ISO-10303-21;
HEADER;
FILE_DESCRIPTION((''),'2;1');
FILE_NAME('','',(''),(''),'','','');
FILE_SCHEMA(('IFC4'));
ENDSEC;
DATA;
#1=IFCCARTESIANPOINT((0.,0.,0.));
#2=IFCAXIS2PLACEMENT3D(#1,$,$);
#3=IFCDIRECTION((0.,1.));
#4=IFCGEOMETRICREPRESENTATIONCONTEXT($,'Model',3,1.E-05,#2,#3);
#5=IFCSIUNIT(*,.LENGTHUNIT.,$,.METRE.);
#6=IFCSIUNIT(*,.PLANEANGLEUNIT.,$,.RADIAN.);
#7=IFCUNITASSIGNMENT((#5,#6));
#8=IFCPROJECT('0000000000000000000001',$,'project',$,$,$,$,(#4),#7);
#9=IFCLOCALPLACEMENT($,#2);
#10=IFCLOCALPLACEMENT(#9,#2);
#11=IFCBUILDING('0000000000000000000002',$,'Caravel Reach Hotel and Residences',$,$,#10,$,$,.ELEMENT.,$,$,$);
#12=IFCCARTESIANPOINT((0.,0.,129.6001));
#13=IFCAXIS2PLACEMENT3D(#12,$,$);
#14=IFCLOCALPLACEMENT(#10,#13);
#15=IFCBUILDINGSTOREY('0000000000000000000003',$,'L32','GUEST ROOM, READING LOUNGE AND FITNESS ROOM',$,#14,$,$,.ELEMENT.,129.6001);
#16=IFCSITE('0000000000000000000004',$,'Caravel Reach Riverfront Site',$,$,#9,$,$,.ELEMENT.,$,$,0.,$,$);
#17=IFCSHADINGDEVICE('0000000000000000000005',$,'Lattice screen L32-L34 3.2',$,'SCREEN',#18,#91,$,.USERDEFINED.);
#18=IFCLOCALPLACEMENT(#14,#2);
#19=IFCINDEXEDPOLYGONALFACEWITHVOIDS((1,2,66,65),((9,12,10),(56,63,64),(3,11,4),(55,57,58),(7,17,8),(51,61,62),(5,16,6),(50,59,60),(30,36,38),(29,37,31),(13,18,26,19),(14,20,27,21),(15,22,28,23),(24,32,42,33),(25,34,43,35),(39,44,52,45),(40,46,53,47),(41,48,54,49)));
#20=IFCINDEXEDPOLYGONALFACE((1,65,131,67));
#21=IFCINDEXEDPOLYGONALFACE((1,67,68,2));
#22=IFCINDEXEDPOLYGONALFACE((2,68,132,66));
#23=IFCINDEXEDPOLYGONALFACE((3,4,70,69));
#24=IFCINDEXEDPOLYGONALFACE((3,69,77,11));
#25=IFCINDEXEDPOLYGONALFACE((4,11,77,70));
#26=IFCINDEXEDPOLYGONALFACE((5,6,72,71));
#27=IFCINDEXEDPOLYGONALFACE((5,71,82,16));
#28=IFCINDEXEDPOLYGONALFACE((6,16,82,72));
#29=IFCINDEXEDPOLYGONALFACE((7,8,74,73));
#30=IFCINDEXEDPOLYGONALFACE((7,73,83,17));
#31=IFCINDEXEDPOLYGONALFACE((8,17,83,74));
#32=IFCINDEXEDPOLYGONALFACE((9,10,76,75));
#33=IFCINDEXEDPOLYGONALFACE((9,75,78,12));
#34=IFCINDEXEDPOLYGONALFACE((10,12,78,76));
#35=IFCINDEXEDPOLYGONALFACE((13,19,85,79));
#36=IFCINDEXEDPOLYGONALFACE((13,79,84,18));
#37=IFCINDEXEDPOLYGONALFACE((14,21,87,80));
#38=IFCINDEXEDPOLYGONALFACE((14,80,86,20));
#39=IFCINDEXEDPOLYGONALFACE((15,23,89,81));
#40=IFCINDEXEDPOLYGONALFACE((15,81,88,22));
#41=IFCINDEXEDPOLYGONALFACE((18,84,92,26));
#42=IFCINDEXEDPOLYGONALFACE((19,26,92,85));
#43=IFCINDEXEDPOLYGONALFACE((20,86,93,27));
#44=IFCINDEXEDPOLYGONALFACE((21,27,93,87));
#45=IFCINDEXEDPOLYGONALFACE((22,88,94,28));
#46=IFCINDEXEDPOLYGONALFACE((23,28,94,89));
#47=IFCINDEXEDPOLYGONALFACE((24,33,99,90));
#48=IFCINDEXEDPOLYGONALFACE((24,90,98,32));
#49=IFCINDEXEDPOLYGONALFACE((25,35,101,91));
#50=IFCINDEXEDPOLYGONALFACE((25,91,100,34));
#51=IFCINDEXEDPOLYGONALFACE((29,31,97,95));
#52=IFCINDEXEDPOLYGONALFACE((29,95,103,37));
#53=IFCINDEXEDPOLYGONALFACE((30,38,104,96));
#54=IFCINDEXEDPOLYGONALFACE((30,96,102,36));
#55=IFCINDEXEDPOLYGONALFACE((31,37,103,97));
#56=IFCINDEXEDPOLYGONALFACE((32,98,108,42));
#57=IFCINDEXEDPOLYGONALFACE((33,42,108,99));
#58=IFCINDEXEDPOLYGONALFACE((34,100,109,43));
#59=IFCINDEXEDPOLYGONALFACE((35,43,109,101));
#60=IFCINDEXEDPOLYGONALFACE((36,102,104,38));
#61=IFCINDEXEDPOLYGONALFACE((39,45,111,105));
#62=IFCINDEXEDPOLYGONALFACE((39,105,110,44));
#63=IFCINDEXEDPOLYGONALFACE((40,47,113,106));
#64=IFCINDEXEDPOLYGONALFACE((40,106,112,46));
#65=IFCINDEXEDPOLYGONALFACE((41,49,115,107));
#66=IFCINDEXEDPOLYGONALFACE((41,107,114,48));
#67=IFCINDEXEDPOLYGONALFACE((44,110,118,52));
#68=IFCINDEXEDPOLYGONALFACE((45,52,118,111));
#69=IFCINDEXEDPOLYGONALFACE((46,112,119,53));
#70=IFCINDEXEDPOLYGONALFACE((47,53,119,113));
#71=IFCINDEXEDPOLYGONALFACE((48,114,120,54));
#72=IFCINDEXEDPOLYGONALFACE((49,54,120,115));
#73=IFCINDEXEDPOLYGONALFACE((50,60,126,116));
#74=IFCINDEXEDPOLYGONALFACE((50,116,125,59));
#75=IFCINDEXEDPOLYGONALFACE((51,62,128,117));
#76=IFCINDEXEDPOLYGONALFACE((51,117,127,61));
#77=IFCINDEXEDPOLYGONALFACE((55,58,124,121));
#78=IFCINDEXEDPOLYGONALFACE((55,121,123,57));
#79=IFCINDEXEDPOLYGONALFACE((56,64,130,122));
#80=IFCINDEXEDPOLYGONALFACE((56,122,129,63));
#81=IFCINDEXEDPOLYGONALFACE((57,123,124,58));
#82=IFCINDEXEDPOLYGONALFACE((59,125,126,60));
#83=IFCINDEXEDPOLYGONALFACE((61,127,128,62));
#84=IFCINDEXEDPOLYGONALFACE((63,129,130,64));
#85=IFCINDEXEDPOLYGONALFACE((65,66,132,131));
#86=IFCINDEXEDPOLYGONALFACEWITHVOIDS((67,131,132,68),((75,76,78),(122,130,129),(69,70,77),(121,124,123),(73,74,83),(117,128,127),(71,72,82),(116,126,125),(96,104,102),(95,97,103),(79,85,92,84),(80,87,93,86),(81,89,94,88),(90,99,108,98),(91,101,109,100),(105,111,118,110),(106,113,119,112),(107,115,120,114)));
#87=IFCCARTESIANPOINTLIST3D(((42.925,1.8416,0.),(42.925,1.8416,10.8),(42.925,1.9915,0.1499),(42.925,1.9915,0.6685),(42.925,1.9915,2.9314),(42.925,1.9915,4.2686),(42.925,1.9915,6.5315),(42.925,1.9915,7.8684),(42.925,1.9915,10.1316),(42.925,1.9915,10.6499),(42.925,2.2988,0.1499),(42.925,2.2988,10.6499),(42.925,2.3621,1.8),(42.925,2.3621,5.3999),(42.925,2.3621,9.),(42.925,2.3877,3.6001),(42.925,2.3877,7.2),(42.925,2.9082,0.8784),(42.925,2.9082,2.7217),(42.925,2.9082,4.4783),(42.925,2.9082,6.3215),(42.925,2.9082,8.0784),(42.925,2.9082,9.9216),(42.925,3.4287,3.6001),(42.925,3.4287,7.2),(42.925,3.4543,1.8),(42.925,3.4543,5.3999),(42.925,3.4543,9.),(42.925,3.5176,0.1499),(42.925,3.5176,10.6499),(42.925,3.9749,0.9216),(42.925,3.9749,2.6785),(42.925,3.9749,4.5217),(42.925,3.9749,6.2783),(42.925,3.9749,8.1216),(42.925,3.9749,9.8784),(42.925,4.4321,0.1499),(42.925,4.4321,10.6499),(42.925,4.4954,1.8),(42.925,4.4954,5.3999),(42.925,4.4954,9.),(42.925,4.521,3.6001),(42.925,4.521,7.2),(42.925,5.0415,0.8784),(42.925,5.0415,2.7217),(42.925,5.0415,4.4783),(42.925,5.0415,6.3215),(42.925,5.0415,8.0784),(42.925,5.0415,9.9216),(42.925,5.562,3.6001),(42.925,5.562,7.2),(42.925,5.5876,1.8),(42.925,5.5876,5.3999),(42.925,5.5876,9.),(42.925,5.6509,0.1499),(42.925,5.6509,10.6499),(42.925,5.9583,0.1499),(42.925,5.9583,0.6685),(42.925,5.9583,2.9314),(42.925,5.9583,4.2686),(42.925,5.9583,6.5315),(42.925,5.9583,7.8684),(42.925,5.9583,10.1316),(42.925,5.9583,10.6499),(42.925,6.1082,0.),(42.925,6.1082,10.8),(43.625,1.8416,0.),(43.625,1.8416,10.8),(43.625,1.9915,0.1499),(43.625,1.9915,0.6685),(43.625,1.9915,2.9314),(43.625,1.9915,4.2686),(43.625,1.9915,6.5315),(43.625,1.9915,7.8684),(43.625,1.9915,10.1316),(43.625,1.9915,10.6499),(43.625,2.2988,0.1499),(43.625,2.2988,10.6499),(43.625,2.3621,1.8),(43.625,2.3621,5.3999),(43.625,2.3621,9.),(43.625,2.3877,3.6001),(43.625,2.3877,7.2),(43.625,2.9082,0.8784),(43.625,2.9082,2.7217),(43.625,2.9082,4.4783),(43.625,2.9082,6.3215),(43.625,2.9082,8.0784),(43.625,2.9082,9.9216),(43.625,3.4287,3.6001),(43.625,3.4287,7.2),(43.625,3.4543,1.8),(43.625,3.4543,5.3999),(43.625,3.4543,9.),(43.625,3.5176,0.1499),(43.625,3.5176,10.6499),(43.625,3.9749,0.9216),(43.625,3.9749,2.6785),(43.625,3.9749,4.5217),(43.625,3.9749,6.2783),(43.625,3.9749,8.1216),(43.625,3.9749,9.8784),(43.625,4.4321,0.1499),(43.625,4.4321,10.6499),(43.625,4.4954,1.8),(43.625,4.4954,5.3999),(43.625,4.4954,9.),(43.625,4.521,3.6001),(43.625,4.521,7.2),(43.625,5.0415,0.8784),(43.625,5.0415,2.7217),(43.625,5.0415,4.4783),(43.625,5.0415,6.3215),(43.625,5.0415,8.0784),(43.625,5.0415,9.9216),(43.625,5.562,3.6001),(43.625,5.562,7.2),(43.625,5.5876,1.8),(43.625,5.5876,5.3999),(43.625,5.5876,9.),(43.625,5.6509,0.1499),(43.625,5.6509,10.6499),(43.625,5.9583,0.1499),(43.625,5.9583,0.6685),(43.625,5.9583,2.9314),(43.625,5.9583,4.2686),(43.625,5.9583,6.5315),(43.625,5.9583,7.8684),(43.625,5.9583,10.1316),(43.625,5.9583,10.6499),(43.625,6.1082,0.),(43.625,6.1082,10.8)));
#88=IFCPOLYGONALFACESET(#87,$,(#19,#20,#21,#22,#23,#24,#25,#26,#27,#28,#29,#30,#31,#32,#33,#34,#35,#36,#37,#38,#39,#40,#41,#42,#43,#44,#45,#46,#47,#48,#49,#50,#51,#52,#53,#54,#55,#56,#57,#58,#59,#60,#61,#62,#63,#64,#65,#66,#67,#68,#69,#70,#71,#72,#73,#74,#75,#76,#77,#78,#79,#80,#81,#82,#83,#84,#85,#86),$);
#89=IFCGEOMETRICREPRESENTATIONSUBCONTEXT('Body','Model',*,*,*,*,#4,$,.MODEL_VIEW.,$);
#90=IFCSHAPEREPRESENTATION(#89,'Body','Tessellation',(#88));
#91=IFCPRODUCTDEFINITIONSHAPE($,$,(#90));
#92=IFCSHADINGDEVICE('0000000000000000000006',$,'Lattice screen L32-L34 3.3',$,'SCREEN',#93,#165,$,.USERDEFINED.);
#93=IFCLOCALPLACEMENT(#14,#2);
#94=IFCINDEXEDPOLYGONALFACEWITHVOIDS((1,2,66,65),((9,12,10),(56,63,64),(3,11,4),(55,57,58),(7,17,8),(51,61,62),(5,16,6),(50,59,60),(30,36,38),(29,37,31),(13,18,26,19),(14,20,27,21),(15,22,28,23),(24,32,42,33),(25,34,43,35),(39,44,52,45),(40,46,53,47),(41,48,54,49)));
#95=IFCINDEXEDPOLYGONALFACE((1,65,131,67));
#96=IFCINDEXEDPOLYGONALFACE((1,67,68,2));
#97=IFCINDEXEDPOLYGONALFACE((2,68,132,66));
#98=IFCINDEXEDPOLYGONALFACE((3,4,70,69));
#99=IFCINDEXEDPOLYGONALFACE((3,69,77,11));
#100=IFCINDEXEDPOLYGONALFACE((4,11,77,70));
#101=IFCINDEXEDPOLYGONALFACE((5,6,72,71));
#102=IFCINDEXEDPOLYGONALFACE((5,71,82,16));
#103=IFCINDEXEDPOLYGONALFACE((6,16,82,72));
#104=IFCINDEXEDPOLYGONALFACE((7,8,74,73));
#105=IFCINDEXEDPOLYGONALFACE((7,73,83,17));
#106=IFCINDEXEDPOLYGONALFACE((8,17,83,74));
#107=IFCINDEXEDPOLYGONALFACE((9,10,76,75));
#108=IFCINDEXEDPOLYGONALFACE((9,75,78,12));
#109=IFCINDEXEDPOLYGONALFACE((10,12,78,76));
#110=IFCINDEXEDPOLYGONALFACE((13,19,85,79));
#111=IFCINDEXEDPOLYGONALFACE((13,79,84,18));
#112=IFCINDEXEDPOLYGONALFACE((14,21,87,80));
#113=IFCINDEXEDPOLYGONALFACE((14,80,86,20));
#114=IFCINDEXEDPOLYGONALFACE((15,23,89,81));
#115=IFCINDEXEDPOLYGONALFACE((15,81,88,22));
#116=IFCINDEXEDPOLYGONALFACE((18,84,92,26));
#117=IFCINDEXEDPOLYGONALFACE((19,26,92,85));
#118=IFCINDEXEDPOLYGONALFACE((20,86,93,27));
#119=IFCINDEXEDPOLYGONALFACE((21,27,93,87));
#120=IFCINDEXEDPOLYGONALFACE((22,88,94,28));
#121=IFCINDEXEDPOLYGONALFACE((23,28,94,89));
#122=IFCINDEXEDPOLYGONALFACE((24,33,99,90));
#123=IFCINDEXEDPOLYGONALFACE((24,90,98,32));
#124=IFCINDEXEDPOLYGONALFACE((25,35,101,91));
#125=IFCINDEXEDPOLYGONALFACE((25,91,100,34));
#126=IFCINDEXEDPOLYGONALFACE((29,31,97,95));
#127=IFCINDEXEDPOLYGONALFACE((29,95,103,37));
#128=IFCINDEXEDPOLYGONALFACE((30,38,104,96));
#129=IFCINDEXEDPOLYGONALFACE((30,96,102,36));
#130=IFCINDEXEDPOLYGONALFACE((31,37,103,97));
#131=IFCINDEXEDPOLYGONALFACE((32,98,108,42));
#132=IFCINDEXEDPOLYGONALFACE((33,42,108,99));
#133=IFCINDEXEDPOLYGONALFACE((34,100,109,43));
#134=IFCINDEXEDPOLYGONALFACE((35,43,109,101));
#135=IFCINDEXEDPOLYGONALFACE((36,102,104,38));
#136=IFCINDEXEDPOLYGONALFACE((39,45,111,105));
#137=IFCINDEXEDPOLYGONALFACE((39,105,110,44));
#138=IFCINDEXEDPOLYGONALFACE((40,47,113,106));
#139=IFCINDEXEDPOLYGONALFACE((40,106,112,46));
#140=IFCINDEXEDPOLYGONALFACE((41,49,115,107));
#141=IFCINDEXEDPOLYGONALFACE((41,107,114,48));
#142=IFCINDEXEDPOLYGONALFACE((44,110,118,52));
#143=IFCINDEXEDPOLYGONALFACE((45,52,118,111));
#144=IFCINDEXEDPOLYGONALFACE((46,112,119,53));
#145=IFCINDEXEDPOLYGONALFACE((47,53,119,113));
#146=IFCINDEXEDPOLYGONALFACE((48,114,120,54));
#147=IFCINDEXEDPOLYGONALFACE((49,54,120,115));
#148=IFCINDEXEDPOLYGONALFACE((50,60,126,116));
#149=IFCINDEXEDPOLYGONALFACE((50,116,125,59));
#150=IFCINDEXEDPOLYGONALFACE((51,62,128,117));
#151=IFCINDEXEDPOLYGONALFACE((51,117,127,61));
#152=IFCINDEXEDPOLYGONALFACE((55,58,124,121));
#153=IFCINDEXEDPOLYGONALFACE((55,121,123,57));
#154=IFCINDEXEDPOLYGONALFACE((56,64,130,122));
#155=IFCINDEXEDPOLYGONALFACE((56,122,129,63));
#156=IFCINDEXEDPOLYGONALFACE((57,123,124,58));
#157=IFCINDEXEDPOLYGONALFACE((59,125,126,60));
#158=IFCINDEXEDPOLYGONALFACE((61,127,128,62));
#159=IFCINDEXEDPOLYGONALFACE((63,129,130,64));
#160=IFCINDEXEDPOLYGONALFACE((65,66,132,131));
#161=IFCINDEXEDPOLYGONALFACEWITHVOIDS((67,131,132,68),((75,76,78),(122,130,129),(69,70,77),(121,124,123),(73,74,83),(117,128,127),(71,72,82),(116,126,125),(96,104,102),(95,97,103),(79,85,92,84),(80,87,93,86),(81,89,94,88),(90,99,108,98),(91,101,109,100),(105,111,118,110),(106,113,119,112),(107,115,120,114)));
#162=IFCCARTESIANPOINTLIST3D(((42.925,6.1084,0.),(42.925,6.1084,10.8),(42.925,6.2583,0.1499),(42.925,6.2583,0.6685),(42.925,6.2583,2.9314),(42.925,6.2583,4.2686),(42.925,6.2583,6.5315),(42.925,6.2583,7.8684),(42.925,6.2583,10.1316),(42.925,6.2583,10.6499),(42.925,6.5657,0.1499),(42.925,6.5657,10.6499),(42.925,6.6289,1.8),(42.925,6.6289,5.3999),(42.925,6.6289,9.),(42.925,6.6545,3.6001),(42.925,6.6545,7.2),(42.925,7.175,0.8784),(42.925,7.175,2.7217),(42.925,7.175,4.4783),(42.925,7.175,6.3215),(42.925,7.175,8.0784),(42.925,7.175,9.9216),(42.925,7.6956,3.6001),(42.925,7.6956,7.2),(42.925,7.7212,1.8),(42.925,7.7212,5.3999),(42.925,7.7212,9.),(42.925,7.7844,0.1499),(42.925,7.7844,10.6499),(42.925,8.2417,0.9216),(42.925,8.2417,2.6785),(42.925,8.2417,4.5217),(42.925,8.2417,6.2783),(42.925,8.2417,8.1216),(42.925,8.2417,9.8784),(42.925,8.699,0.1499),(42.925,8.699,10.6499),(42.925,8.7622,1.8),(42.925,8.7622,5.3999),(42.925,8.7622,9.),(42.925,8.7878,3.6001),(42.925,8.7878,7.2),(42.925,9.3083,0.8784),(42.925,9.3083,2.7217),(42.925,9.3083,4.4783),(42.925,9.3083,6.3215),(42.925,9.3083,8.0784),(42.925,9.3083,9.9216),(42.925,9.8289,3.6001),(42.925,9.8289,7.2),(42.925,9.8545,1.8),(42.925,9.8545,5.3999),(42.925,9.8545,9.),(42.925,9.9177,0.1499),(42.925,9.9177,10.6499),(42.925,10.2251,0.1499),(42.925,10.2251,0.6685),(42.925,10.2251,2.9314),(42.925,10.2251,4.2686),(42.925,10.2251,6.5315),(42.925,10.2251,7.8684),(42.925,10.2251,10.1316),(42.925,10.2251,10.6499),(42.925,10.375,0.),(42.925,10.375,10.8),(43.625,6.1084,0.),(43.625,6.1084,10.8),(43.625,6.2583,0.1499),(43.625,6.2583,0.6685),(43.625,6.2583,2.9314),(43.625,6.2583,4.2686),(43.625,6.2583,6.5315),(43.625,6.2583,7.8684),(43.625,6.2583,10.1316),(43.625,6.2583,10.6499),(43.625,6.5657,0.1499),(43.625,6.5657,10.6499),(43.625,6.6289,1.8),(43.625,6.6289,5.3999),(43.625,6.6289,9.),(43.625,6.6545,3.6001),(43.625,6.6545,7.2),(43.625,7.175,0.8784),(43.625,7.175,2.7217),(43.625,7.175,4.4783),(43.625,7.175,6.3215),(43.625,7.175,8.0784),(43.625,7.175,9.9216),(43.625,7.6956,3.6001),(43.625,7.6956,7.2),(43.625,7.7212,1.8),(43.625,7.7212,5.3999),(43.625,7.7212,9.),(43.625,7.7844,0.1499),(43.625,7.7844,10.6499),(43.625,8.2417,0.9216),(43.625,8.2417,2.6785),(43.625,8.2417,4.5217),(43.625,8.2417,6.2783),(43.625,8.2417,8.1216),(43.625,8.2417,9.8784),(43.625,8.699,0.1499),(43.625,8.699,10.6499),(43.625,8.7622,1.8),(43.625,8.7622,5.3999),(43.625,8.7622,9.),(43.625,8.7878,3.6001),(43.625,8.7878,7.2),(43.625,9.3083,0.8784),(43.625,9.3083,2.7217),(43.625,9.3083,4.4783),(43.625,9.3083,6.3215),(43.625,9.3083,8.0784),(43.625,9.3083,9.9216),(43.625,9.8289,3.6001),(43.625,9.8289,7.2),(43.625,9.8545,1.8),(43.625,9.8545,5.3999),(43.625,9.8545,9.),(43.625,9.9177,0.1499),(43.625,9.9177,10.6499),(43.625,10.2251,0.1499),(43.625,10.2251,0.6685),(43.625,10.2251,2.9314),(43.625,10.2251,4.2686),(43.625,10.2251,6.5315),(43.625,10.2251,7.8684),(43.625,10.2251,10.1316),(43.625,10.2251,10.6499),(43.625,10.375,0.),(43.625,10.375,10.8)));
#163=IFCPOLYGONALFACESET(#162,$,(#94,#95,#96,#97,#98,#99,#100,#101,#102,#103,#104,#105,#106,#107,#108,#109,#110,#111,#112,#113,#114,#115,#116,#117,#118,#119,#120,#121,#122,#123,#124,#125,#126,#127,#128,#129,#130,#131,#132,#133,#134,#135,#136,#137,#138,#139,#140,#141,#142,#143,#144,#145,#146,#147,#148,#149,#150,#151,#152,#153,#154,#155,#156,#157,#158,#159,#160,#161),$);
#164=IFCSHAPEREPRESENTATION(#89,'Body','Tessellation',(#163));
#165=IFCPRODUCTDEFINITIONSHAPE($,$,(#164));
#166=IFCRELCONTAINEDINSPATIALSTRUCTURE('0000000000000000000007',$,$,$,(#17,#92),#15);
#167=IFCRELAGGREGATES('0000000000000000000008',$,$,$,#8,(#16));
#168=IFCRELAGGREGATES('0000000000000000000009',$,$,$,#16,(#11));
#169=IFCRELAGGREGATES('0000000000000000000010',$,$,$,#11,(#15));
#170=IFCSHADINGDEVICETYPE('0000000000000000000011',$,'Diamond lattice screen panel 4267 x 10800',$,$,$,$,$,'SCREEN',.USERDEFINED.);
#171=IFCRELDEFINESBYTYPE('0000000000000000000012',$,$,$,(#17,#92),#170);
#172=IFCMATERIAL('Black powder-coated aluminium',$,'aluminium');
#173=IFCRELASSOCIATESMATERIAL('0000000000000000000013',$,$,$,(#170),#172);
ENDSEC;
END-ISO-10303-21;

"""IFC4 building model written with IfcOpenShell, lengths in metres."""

from ifc_helpers import new_model, si_unit, direction, frame, origin, place, context, subcontext, project, spatial, polyline, outline, extrude, material, type_object, element, save


model = new_model("IFC4")

# Units and contexts
model_context = context("Model", 3, precision=1e-05, world=origin(), true_north=direction((0.0, 1.0)))
body_context = subcontext(model_context, "Body", "Model", "MODEL_VIEW")
ifc_project = project(units=[si_unit("LENGTHUNIT", "METRE"), si_unit("PLANEANGLEUNIT", "RADIAN")], contexts=[model_context])

# Site, building, storey
site_placement = place(None, origin())
site = spatial("IfcSite", under=ifc_project, at=site_placement, Name="Caravel Reach Riverfront Site", CompositionType="ELEMENT", RefElevation=0.0)
building_placement = place(site_placement, origin())
building = spatial("IfcBuilding", under=site, at=building_placement, Name="Caravel Reach Hotel and Residences", CompositionType="ELEMENT")
storey_placement = place(building_placement, frame((0.0, 0.0, 129.6001)))
storey = spatial("IfcBuildingStorey", under=building, at=storey_placement, Name="L32", Description="GUEST ROOM, READING LOUNGE AND FITNESS ROOM", CompositionType="ELEMENT", Elevation=129.6001)

# Shading devices
ifc_material_1 = material(Name="Black powder-coated aluminium", Category="aluminium")
shading_device_type = type_object("IfcShadingDeviceType", Name="Diamond lattice screen panel 4267 x 10800", ElementType="SCREEN", PredefinedType="USERDEFINED", material=ifc_material_1)
shading_device_1_placement = place(storey_placement, frame((42.925, 1.8416, 0.0), z_axis=(1.0, 0.0, 0.0), x_axis=(0.0, 1.0, 0.0)))
element("IfcShadingDevice", 1, at=shading_device_1_placement, inside=storey, type_object=shading_device_type, Name="Lattice screen L32-L34 3.2", ObjectType="SCREEN", PredefinedType="USERDEFINED", context=body_context, shape_type="SweptSolid", body=[
    extrude(outline(polyline([(0.0, 0.0), (4.2666, 0.0), (4.2666, 10.8), (0.0, 10.8), (0.0, 0.0)]), holes=[polyline([(0.4573, 0.1499), (0.1499, 0.6685), (0.1499, 0.1499), (0.4573, 0.1499)]), polyline([(0.5461, 3.6001), (0.1499, 4.2686), (0.1499, 2.9314), (0.5461, 3.6001)]), polyline([(0.5461, 7.2), (0.1499, 7.8684), (0.1499, 6.5315), (0.5461, 7.2)]), polyline([(0.1499, 10.1316), (0.4573, 10.6499), (0.1499, 10.6499), (0.1499, 10.1316)]), polyline([(1.0667, 2.7217), (0.5205, 1.8), (1.0667, 0.8784), (1.6128, 1.8), (1.0667, 2.7217)]), polyline([(1.0667, 6.3215), (0.5205, 5.3999), (1.0667, 4.4783), (1.6128, 5.3999), (1.0667, 6.3215)]), polyline([(1.0667, 9.9216), (0.5205, 9.0), (1.0667, 8.0784), (1.6128, 9.0), (1.0667, 9.9216)]), polyline([(2.1333, 0.9216), (1.676, 0.1499), (2.5906, 0.1499), (2.1333, 0.9216)]), polyline([(2.1333, 4.5217), (1.5872, 3.6001), (2.1333, 2.6785), (2.6794, 3.6001), (2.1333, 4.5217)]), polyline([(2.1333, 8.1216), (1.5872, 7.2), (2.1333, 6.2783), (2.6794, 7.2), (2.1333, 8.1216)]), polyline([(2.1333, 9.8784), (2.5906, 10.6499), (1.676, 10.6499), (2.1333, 9.8784)]), polyline([(3.2, 2.7217), (2.6538, 1.8), (3.2, 0.8784), (3.7461, 1.8), (3.2, 2.7217)]), polyline([(3.2, 6.3215), (2.6538, 5.3999), (3.2, 4.4783), (3.7461, 5.3999), (3.2, 6.3215)]), polyline([(3.2, 9.9216), (2.6538, 9.0), (3.2, 8.0784), (3.7461, 9.0), (3.2, 9.9216)]), polyline([(4.1167, 0.6685), (3.8093, 0.1499), (4.1167, 0.1499), (4.1167, 0.6685)]), polyline([(3.7205, 3.6001), (4.1167, 2.9314), (4.1167, 4.2686), (3.7205, 3.6001)]), polyline([(3.7205, 7.2), (4.1167, 6.5315), (4.1167, 7.8684), (3.7205, 7.2)]), polyline([(3.8093, 10.6499), (4.1167, 10.1316), (4.1167, 10.6499), (3.8093, 10.6499)])]), origin(), (0.0, 0.0, 1.0), 0.7),
])
shading_device_2_placement = place(storey_placement, frame((42.925, 6.1084, 0.0), z_axis=(1.0, 0.0, 0.0), x_axis=(0.0, 1.0, 0.0)))
element("IfcShadingDevice", 2, at=shading_device_2_placement, inside=storey, type_object=shading_device_type, Name="Lattice screen L32-L34 3.3", ObjectType="SCREEN", PredefinedType="USERDEFINED", context=body_context, shape_type="SweptSolid", body=[
    extrude(outline(polyline([(0.0, 0.0), (4.2666, 0.0), (4.2666, 10.8), (0.0, 10.8), (0.0, 0.0)]), holes=[polyline([(0.4573, 0.1499), (0.1499, 0.6685), (0.1499, 0.1499), (0.4573, 0.1499)]), polyline([(0.5461, 3.6001), (0.1499, 4.2686), (0.1499, 2.9314), (0.5461, 3.6001)]), polyline([(0.5461, 7.2), (0.1499, 7.8684), (0.1499, 6.5315), (0.5461, 7.2)]), polyline([(0.1499, 10.1316), (0.4573, 10.6499), (0.1499, 10.6499), (0.1499, 10.1316)]), polyline([(1.0667, 2.7217), (0.5205, 1.8), (1.0667, 0.8784), (1.6128, 1.8), (1.0667, 2.7217)]), polyline([(1.0667, 6.3215), (0.5205, 5.3999), (1.0667, 4.4783), (1.6128, 5.3999), (1.0667, 6.3215)]), polyline([(1.0667, 9.9216), (0.5205, 9.0), (1.0667, 8.0784), (1.6128, 9.0), (1.0667, 9.9216)]), polyline([(2.1333, 0.9216), (1.676, 0.1499), (2.5906, 0.1499), (2.1333, 0.9216)]), polyline([(2.1333, 4.5217), (1.5872, 3.6001), (2.1333, 2.6785), (2.6794, 3.6001), (2.1333, 4.5217)]), polyline([(2.1333, 8.1216), (1.5872, 7.2), (2.1333, 6.2783), (2.6794, 7.2), (2.1333, 8.1216)]), polyline([(2.1333, 9.8784), (2.5906, 10.6499), (1.676, 10.6499), (2.1333, 9.8784)]), polyline([(3.2, 2.7217), (2.6538, 1.8), (3.2, 0.8784), (3.7461, 1.8), (3.2, 2.7217)]), polyline([(3.2, 6.3215), (2.6538, 5.3999), (3.2, 4.4783), (3.7461, 5.3999), (3.2, 6.3215)]), polyline([(3.2, 9.9216), (2.6538, 9.0), (3.2, 8.0784), (3.7461, 9.0), (3.2, 9.9216)]), polyline([(4.1167, 0.6685), (3.8093, 0.1499), (4.1167, 0.1499), (4.1167, 0.6685)]), polyline([(3.7205, 3.6001), (4.1167, 2.9314), (4.1167, 4.2686), (3.7205, 3.6001)]), polyline([(3.7205, 7.2), (4.1167, 6.5315), (4.1167, 7.8684), (3.7205, 7.2)]), polyline([(3.8093, 10.6499), (4.1167, 10.1316), (4.1167, 10.6499), (3.8093, 10.6499)])]), origin(), (0.0, 0.0, 1.0), 0.7),
])

save(model, "model.ifc")
